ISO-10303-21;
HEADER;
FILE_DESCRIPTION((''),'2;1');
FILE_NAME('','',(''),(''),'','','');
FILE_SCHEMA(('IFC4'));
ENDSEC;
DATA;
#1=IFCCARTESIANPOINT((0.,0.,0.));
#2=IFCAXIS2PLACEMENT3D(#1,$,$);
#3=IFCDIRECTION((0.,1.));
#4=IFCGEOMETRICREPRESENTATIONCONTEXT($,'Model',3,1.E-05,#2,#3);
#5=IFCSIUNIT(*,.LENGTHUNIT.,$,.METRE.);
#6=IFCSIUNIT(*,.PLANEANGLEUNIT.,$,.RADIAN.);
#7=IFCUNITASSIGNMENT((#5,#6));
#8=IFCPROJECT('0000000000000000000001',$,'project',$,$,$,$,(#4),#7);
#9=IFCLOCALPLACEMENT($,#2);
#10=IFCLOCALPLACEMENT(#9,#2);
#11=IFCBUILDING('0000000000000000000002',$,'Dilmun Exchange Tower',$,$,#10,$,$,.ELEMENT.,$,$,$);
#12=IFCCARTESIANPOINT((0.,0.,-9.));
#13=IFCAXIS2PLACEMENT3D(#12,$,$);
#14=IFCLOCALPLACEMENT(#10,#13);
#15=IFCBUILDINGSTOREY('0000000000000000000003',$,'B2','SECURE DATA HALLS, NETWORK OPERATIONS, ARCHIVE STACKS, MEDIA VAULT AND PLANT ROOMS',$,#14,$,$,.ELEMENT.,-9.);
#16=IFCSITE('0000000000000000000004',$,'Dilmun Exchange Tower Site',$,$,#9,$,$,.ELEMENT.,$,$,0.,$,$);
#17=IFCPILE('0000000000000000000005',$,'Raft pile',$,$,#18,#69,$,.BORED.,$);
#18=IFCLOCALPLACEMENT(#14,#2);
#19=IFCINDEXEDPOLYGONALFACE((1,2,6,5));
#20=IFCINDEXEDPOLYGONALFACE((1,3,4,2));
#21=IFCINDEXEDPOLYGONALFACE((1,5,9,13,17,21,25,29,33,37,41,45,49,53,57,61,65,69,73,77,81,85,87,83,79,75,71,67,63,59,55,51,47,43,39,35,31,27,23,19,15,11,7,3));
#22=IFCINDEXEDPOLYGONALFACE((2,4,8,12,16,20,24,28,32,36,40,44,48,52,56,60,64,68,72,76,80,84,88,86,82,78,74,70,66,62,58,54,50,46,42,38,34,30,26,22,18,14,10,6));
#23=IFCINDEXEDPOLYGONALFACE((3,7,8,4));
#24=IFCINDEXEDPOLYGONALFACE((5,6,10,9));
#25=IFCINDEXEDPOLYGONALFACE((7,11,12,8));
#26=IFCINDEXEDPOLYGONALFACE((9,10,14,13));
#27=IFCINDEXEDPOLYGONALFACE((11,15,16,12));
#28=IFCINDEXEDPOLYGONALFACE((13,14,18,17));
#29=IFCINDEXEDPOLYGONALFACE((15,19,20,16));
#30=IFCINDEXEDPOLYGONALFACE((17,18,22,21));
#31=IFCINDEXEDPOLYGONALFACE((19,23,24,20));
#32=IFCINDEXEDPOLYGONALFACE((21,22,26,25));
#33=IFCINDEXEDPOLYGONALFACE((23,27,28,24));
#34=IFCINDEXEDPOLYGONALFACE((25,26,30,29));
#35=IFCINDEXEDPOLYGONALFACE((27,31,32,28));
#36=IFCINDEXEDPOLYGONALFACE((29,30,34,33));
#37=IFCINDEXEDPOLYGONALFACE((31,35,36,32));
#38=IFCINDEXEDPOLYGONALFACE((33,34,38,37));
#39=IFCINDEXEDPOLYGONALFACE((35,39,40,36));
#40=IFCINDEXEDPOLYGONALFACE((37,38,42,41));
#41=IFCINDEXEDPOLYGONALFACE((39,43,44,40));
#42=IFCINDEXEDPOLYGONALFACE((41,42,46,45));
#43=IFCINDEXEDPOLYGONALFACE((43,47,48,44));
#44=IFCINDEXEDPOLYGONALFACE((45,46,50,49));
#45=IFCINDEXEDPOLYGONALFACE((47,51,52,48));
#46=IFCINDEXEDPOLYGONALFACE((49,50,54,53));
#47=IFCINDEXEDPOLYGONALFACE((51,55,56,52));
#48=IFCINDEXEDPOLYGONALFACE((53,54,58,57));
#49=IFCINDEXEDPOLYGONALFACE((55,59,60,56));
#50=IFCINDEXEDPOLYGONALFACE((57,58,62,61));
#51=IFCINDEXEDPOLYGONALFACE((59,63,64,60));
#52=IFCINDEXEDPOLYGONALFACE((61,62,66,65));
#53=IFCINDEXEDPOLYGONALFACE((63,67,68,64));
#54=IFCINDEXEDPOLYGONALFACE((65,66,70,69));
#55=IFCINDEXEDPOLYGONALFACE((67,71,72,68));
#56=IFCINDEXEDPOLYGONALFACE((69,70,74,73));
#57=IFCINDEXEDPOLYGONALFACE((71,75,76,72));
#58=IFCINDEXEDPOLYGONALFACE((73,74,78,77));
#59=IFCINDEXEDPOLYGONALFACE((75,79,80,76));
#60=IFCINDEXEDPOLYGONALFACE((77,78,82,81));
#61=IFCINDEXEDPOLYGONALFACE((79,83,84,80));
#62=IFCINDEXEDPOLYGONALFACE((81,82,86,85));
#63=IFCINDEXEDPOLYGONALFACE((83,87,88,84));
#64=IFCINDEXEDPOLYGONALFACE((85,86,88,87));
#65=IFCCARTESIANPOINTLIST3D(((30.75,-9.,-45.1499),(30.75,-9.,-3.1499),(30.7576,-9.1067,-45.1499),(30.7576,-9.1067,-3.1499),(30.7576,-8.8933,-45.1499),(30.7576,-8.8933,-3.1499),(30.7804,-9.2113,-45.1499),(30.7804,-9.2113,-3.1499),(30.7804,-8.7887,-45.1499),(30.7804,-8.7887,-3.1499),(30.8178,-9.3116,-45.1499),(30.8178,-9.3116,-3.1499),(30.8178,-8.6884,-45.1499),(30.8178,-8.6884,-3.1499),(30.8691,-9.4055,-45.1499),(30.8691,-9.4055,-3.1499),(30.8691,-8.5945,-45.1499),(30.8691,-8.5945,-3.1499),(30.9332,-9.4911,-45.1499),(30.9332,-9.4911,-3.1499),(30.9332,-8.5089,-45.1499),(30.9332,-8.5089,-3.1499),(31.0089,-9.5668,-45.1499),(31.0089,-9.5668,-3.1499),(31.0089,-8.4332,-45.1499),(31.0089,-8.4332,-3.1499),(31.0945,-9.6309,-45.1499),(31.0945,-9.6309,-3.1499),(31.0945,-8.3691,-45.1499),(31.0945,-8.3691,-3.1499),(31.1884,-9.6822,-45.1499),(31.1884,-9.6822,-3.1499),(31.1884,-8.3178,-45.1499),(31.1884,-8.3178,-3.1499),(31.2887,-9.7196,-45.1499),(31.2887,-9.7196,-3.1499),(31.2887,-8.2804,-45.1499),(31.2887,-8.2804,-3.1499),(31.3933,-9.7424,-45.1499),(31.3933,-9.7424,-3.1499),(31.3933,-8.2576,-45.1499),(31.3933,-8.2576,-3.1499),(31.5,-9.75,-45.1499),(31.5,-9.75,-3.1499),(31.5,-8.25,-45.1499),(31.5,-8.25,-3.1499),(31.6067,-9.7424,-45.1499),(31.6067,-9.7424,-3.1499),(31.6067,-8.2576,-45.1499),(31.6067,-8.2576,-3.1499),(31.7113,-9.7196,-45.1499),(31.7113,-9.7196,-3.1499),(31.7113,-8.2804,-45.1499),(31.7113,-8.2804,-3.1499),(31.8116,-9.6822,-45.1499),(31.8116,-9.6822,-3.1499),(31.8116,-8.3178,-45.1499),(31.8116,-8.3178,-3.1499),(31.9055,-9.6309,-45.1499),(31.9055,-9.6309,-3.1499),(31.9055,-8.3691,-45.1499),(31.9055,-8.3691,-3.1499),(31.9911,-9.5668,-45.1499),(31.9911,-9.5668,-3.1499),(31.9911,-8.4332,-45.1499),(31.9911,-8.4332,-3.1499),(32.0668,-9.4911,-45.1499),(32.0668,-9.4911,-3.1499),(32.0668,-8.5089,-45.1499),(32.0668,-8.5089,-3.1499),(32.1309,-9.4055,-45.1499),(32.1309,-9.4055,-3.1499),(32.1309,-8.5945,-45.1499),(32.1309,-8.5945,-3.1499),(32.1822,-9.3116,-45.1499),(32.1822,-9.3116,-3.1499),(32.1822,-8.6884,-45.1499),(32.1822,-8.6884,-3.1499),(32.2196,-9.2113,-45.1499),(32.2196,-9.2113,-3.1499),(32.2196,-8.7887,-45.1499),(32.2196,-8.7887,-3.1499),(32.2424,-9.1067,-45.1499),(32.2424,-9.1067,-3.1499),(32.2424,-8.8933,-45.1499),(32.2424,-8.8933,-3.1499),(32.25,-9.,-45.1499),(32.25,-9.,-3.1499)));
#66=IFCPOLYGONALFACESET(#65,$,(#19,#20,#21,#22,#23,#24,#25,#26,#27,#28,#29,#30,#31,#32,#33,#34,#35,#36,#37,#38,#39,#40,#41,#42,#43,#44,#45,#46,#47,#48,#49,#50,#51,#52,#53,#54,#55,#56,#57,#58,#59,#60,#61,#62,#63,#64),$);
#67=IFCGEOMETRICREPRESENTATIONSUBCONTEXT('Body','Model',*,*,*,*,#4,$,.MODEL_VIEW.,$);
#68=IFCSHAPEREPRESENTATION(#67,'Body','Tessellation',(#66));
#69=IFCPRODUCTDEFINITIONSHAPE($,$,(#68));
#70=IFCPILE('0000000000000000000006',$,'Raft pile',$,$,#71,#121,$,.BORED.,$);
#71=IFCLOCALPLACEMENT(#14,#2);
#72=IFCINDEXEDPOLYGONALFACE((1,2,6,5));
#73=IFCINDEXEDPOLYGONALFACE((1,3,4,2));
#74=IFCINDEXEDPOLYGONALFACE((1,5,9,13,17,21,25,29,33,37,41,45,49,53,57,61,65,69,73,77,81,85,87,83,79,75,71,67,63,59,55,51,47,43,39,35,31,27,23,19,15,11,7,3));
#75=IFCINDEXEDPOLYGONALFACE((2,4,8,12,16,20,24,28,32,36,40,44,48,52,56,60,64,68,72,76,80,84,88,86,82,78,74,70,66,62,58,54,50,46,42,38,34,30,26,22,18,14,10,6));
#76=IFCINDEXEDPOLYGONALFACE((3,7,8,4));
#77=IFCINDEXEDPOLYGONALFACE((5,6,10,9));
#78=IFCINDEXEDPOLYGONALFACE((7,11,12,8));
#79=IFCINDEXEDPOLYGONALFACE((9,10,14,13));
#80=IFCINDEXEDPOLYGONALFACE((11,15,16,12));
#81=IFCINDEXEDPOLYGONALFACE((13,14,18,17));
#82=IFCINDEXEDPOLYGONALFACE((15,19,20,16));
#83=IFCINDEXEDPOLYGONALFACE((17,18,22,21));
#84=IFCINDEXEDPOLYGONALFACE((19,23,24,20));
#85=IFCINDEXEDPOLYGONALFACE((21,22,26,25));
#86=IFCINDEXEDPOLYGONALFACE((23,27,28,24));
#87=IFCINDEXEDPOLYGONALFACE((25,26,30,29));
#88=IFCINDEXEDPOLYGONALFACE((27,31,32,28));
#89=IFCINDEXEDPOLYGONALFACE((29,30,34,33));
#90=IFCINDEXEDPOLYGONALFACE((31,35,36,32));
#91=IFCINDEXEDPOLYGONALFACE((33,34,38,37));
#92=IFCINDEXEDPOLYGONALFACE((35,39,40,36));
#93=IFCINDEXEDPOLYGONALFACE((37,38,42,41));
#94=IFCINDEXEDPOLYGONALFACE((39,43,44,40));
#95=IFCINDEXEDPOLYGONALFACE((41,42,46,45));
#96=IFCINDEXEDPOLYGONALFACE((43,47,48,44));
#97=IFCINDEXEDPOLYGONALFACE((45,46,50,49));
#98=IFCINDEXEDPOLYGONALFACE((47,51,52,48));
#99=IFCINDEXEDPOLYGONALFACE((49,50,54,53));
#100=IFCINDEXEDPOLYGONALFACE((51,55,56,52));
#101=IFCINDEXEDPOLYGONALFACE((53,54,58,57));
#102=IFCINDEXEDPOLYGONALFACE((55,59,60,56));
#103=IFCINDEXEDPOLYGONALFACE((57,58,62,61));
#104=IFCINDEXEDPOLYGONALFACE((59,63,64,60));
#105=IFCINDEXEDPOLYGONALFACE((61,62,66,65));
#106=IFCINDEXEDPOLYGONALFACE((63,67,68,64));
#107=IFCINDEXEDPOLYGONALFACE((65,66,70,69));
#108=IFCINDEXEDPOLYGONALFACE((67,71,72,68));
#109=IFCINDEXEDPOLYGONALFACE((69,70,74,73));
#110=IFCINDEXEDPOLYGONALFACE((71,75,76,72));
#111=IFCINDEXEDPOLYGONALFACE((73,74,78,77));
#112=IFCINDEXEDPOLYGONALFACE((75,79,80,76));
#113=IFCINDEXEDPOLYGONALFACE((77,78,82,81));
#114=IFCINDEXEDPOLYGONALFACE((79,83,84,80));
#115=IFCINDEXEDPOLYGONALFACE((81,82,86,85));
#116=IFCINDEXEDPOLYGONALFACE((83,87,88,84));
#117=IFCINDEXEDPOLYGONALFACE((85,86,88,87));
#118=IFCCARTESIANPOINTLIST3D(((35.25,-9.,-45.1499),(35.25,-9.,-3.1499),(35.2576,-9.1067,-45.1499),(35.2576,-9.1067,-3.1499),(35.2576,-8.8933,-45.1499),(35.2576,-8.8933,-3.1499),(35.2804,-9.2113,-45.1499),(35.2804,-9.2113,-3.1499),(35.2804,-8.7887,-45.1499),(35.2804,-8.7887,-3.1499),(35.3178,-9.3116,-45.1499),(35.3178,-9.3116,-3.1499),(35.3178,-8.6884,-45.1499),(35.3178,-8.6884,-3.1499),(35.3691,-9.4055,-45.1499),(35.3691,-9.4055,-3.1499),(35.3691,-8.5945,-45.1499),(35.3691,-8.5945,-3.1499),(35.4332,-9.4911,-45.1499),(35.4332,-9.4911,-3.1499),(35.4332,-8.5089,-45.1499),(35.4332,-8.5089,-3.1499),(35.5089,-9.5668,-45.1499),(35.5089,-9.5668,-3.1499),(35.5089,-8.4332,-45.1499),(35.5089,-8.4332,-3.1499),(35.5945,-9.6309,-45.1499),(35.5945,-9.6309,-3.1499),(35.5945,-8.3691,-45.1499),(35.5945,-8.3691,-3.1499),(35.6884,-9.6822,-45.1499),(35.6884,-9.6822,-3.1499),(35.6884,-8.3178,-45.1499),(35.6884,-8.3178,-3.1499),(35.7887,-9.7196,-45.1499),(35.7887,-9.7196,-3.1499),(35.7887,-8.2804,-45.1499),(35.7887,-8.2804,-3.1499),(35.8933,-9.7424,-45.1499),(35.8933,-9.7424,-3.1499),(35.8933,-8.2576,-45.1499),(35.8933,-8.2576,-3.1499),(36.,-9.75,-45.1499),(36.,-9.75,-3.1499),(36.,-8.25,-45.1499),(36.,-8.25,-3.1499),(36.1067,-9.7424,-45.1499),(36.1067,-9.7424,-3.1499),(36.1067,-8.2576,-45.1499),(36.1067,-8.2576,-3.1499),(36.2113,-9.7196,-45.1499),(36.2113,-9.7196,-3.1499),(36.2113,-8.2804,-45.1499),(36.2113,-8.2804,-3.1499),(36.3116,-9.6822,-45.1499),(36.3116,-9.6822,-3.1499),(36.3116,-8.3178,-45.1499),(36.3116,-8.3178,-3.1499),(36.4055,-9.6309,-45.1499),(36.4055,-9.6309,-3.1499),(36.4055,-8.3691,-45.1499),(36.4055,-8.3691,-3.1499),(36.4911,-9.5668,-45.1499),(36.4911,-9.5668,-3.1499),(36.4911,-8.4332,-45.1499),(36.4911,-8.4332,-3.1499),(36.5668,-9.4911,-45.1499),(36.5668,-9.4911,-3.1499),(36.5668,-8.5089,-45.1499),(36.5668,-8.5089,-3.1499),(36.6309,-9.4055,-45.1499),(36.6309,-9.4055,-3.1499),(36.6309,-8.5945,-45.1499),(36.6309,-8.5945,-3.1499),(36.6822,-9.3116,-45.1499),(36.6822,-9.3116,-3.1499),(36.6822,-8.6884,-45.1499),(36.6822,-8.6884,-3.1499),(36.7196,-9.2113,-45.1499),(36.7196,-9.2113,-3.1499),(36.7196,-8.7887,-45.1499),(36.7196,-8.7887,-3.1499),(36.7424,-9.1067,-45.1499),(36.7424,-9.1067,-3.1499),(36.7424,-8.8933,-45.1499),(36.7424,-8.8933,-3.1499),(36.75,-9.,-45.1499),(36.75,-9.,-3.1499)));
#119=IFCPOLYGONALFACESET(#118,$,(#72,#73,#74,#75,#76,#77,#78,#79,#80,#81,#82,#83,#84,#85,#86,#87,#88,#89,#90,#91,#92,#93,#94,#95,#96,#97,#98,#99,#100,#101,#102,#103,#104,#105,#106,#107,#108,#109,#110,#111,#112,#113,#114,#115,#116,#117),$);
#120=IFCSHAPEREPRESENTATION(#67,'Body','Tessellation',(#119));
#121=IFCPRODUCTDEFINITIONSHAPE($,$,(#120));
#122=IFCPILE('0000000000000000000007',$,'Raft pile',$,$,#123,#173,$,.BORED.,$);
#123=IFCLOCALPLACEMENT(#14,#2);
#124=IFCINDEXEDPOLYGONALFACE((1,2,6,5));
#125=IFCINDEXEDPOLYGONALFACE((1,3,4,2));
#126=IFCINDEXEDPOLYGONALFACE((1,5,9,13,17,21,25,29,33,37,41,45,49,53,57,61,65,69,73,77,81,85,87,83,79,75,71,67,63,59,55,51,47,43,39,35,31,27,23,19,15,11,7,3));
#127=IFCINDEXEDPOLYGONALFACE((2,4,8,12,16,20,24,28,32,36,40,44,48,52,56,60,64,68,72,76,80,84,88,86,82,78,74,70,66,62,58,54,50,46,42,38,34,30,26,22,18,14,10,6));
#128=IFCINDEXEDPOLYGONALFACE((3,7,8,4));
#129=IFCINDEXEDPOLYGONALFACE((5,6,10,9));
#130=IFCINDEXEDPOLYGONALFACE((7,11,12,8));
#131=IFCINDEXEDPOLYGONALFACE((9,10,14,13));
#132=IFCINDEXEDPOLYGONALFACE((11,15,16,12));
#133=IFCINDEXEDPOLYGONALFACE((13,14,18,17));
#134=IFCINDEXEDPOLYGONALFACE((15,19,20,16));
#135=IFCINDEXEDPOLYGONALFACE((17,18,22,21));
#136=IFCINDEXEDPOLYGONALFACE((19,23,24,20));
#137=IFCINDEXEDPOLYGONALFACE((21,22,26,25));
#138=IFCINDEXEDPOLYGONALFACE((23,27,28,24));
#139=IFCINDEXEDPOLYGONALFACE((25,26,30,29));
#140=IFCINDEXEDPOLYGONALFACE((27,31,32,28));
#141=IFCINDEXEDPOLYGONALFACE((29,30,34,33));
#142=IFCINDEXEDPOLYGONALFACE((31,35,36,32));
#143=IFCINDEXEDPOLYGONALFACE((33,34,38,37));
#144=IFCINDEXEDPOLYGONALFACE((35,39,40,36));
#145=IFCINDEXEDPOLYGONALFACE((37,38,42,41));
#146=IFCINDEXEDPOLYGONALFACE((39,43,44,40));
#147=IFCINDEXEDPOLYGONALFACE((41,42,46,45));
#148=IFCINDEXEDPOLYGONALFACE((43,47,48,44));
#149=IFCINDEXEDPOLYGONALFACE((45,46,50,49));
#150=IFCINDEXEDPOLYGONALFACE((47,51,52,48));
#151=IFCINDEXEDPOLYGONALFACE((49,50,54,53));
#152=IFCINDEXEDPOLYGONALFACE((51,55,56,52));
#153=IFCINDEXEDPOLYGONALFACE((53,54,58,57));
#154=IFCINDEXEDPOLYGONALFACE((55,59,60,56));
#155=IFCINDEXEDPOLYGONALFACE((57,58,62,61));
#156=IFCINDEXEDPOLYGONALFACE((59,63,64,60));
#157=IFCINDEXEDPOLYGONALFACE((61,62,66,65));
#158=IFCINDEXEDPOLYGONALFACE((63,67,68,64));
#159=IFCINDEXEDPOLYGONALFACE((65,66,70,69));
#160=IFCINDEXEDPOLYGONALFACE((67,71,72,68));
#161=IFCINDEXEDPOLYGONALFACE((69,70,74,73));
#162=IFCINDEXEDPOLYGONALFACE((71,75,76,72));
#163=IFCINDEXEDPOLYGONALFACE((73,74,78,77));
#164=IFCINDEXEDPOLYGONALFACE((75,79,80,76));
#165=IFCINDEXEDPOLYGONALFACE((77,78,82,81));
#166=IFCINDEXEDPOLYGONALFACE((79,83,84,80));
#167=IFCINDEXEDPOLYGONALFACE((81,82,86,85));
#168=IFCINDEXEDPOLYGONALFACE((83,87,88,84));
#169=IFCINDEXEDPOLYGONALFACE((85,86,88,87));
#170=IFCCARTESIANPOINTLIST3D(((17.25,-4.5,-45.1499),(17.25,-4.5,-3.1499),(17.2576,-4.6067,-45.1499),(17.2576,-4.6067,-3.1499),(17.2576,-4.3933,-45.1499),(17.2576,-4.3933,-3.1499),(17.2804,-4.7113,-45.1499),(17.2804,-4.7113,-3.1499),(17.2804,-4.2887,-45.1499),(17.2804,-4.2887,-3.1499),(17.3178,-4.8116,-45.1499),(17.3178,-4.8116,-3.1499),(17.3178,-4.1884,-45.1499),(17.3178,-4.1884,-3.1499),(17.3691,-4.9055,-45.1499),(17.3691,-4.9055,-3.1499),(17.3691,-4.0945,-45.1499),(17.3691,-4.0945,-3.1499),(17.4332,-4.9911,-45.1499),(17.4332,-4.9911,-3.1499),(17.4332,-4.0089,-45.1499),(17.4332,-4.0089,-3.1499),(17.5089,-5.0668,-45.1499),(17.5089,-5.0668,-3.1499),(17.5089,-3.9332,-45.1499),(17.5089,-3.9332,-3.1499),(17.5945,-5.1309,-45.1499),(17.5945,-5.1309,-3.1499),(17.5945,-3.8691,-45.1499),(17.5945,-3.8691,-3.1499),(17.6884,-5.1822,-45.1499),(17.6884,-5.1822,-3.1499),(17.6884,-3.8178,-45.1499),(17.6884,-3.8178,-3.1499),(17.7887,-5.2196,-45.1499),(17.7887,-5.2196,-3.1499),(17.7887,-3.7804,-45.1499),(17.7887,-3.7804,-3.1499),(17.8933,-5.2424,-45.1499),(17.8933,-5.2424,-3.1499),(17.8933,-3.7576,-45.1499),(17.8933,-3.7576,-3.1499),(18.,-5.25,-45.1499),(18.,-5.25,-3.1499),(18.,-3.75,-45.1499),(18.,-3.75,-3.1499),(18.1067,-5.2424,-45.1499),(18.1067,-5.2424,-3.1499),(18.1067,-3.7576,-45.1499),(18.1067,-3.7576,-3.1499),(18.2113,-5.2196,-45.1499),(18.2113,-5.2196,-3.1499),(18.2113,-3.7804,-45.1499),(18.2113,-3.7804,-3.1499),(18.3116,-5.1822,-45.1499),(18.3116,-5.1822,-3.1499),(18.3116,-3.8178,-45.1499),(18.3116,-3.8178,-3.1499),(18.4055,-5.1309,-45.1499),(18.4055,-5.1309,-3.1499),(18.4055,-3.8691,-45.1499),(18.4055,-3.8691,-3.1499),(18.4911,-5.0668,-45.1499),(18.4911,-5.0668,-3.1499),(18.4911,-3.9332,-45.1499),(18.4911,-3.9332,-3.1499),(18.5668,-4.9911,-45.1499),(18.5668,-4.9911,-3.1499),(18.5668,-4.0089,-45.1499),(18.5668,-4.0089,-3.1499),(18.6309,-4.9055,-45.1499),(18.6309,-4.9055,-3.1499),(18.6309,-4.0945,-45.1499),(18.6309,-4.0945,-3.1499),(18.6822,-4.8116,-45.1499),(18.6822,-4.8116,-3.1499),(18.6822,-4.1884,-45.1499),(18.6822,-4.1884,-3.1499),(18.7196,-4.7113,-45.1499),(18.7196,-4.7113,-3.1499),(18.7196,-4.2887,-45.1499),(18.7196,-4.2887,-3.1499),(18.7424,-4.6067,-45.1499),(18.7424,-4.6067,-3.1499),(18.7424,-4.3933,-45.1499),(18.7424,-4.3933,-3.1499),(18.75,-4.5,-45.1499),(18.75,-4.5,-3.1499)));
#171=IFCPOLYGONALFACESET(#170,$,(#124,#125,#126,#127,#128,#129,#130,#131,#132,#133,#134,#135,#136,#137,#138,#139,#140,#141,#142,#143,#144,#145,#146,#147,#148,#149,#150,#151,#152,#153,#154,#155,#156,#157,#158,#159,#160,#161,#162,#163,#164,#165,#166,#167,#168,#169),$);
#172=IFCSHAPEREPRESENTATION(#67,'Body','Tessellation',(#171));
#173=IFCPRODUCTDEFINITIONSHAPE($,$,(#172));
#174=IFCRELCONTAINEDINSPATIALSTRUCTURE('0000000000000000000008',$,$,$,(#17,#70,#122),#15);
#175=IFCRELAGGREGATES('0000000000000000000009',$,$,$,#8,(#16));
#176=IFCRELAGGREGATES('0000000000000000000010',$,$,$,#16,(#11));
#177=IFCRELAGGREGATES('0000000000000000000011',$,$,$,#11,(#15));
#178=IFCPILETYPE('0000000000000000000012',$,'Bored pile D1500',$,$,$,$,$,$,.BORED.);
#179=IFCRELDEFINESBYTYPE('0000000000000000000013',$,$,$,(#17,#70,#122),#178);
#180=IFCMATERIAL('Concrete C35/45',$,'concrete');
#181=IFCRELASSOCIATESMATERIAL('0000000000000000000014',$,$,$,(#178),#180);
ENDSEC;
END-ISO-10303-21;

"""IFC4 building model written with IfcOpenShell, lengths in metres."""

from ifc_helpers import new_model, si_unit, direction, frame, origin, origin_2d, place, context, subcontext, project, spatial, circle, extrude, material, material_profile, profile_set, type_object, element, save


model = new_model("IFC4")

# Units and contexts
model_context = context("Model", 3, precision=1e-05, world=origin(), true_north=direction((0.0, 1.0)))
body_context = subcontext(model_context, "Body", "Model", "MODEL_VIEW")
ifc_project = project(units=[si_unit("LENGTHUNIT", "METRE"), si_unit("PLANEANGLEUNIT", "RADIAN")], contexts=[model_context])

# Site, building, storey
site_placement = place(None, origin())
site = spatial("IfcSite", under=ifc_project, at=site_placement, Name="Dilmun Exchange Tower Site", CompositionType="ELEMENT", RefElevation=0.0)
building_placement = place(site_placement, origin())
building = spatial("IfcBuilding", under=site, at=building_placement, Name="Dilmun Exchange Tower", CompositionType="ELEMENT")
storey_placement = place(building_placement, frame((0.0, 0.0, -9.0)))
storey = spatial("IfcBuildingStorey", under=building, at=storey_placement, Name="B2", Description="SECURE DATA HALLS, NETWORK OPERATIONS, ARCHIVE STACKS, MEDIA VAULT AND PLANT ROOMS", CompositionType="ELEMENT", Elevation=-9.0)

# Piles
ifc_material_1 = material(Name="Concrete C35/45", Category="concrete")
ifc_material_profile_1 = material_profile(ifc_material_1, circle(Radius=0.75, at=origin_2d()), Name="D1500")
ifc_profile_set_1 = profile_set([ifc_material_profile_1], Name="Concrete C35/45")
pile_type = type_object("IfcPileType", Name="Bored pile D1500", PredefinedType="BORED", material=ifc_profile_set_1)
for number, where, z_axis, x_axis, name in (
    (1, (31.5, -9.0, -3.1499), (0.0, 0.0, -1.0), (1.0, 0.0, 0.0), "Raft pile"),
    (2, (36.0, -9.0, -3.1499), (0.0, 0.0, -1.0), (1.0, 0.0, 0.0), "Raft pile"),
    (3, (18.0, -4.5, -3.1499), (0.0, 0.0, -1.0), (1.0, 0.0, 0.0), "Raft pile"),
):
    element("IfcPile", number, at=place(storey_placement, frame(where, z_axis=z_axis, x_axis=x_axis)), inside=storey, type_object=pile_type, Name=name, PredefinedType="BORED", context=body_context, shape_type="SweptSolid", body=[
        extrude(circle(Radius=0.75, at=origin_2d()), origin(), (0.0, 0.0, 1.0), 42.0),
    ])

save(model, "model.ifc")
